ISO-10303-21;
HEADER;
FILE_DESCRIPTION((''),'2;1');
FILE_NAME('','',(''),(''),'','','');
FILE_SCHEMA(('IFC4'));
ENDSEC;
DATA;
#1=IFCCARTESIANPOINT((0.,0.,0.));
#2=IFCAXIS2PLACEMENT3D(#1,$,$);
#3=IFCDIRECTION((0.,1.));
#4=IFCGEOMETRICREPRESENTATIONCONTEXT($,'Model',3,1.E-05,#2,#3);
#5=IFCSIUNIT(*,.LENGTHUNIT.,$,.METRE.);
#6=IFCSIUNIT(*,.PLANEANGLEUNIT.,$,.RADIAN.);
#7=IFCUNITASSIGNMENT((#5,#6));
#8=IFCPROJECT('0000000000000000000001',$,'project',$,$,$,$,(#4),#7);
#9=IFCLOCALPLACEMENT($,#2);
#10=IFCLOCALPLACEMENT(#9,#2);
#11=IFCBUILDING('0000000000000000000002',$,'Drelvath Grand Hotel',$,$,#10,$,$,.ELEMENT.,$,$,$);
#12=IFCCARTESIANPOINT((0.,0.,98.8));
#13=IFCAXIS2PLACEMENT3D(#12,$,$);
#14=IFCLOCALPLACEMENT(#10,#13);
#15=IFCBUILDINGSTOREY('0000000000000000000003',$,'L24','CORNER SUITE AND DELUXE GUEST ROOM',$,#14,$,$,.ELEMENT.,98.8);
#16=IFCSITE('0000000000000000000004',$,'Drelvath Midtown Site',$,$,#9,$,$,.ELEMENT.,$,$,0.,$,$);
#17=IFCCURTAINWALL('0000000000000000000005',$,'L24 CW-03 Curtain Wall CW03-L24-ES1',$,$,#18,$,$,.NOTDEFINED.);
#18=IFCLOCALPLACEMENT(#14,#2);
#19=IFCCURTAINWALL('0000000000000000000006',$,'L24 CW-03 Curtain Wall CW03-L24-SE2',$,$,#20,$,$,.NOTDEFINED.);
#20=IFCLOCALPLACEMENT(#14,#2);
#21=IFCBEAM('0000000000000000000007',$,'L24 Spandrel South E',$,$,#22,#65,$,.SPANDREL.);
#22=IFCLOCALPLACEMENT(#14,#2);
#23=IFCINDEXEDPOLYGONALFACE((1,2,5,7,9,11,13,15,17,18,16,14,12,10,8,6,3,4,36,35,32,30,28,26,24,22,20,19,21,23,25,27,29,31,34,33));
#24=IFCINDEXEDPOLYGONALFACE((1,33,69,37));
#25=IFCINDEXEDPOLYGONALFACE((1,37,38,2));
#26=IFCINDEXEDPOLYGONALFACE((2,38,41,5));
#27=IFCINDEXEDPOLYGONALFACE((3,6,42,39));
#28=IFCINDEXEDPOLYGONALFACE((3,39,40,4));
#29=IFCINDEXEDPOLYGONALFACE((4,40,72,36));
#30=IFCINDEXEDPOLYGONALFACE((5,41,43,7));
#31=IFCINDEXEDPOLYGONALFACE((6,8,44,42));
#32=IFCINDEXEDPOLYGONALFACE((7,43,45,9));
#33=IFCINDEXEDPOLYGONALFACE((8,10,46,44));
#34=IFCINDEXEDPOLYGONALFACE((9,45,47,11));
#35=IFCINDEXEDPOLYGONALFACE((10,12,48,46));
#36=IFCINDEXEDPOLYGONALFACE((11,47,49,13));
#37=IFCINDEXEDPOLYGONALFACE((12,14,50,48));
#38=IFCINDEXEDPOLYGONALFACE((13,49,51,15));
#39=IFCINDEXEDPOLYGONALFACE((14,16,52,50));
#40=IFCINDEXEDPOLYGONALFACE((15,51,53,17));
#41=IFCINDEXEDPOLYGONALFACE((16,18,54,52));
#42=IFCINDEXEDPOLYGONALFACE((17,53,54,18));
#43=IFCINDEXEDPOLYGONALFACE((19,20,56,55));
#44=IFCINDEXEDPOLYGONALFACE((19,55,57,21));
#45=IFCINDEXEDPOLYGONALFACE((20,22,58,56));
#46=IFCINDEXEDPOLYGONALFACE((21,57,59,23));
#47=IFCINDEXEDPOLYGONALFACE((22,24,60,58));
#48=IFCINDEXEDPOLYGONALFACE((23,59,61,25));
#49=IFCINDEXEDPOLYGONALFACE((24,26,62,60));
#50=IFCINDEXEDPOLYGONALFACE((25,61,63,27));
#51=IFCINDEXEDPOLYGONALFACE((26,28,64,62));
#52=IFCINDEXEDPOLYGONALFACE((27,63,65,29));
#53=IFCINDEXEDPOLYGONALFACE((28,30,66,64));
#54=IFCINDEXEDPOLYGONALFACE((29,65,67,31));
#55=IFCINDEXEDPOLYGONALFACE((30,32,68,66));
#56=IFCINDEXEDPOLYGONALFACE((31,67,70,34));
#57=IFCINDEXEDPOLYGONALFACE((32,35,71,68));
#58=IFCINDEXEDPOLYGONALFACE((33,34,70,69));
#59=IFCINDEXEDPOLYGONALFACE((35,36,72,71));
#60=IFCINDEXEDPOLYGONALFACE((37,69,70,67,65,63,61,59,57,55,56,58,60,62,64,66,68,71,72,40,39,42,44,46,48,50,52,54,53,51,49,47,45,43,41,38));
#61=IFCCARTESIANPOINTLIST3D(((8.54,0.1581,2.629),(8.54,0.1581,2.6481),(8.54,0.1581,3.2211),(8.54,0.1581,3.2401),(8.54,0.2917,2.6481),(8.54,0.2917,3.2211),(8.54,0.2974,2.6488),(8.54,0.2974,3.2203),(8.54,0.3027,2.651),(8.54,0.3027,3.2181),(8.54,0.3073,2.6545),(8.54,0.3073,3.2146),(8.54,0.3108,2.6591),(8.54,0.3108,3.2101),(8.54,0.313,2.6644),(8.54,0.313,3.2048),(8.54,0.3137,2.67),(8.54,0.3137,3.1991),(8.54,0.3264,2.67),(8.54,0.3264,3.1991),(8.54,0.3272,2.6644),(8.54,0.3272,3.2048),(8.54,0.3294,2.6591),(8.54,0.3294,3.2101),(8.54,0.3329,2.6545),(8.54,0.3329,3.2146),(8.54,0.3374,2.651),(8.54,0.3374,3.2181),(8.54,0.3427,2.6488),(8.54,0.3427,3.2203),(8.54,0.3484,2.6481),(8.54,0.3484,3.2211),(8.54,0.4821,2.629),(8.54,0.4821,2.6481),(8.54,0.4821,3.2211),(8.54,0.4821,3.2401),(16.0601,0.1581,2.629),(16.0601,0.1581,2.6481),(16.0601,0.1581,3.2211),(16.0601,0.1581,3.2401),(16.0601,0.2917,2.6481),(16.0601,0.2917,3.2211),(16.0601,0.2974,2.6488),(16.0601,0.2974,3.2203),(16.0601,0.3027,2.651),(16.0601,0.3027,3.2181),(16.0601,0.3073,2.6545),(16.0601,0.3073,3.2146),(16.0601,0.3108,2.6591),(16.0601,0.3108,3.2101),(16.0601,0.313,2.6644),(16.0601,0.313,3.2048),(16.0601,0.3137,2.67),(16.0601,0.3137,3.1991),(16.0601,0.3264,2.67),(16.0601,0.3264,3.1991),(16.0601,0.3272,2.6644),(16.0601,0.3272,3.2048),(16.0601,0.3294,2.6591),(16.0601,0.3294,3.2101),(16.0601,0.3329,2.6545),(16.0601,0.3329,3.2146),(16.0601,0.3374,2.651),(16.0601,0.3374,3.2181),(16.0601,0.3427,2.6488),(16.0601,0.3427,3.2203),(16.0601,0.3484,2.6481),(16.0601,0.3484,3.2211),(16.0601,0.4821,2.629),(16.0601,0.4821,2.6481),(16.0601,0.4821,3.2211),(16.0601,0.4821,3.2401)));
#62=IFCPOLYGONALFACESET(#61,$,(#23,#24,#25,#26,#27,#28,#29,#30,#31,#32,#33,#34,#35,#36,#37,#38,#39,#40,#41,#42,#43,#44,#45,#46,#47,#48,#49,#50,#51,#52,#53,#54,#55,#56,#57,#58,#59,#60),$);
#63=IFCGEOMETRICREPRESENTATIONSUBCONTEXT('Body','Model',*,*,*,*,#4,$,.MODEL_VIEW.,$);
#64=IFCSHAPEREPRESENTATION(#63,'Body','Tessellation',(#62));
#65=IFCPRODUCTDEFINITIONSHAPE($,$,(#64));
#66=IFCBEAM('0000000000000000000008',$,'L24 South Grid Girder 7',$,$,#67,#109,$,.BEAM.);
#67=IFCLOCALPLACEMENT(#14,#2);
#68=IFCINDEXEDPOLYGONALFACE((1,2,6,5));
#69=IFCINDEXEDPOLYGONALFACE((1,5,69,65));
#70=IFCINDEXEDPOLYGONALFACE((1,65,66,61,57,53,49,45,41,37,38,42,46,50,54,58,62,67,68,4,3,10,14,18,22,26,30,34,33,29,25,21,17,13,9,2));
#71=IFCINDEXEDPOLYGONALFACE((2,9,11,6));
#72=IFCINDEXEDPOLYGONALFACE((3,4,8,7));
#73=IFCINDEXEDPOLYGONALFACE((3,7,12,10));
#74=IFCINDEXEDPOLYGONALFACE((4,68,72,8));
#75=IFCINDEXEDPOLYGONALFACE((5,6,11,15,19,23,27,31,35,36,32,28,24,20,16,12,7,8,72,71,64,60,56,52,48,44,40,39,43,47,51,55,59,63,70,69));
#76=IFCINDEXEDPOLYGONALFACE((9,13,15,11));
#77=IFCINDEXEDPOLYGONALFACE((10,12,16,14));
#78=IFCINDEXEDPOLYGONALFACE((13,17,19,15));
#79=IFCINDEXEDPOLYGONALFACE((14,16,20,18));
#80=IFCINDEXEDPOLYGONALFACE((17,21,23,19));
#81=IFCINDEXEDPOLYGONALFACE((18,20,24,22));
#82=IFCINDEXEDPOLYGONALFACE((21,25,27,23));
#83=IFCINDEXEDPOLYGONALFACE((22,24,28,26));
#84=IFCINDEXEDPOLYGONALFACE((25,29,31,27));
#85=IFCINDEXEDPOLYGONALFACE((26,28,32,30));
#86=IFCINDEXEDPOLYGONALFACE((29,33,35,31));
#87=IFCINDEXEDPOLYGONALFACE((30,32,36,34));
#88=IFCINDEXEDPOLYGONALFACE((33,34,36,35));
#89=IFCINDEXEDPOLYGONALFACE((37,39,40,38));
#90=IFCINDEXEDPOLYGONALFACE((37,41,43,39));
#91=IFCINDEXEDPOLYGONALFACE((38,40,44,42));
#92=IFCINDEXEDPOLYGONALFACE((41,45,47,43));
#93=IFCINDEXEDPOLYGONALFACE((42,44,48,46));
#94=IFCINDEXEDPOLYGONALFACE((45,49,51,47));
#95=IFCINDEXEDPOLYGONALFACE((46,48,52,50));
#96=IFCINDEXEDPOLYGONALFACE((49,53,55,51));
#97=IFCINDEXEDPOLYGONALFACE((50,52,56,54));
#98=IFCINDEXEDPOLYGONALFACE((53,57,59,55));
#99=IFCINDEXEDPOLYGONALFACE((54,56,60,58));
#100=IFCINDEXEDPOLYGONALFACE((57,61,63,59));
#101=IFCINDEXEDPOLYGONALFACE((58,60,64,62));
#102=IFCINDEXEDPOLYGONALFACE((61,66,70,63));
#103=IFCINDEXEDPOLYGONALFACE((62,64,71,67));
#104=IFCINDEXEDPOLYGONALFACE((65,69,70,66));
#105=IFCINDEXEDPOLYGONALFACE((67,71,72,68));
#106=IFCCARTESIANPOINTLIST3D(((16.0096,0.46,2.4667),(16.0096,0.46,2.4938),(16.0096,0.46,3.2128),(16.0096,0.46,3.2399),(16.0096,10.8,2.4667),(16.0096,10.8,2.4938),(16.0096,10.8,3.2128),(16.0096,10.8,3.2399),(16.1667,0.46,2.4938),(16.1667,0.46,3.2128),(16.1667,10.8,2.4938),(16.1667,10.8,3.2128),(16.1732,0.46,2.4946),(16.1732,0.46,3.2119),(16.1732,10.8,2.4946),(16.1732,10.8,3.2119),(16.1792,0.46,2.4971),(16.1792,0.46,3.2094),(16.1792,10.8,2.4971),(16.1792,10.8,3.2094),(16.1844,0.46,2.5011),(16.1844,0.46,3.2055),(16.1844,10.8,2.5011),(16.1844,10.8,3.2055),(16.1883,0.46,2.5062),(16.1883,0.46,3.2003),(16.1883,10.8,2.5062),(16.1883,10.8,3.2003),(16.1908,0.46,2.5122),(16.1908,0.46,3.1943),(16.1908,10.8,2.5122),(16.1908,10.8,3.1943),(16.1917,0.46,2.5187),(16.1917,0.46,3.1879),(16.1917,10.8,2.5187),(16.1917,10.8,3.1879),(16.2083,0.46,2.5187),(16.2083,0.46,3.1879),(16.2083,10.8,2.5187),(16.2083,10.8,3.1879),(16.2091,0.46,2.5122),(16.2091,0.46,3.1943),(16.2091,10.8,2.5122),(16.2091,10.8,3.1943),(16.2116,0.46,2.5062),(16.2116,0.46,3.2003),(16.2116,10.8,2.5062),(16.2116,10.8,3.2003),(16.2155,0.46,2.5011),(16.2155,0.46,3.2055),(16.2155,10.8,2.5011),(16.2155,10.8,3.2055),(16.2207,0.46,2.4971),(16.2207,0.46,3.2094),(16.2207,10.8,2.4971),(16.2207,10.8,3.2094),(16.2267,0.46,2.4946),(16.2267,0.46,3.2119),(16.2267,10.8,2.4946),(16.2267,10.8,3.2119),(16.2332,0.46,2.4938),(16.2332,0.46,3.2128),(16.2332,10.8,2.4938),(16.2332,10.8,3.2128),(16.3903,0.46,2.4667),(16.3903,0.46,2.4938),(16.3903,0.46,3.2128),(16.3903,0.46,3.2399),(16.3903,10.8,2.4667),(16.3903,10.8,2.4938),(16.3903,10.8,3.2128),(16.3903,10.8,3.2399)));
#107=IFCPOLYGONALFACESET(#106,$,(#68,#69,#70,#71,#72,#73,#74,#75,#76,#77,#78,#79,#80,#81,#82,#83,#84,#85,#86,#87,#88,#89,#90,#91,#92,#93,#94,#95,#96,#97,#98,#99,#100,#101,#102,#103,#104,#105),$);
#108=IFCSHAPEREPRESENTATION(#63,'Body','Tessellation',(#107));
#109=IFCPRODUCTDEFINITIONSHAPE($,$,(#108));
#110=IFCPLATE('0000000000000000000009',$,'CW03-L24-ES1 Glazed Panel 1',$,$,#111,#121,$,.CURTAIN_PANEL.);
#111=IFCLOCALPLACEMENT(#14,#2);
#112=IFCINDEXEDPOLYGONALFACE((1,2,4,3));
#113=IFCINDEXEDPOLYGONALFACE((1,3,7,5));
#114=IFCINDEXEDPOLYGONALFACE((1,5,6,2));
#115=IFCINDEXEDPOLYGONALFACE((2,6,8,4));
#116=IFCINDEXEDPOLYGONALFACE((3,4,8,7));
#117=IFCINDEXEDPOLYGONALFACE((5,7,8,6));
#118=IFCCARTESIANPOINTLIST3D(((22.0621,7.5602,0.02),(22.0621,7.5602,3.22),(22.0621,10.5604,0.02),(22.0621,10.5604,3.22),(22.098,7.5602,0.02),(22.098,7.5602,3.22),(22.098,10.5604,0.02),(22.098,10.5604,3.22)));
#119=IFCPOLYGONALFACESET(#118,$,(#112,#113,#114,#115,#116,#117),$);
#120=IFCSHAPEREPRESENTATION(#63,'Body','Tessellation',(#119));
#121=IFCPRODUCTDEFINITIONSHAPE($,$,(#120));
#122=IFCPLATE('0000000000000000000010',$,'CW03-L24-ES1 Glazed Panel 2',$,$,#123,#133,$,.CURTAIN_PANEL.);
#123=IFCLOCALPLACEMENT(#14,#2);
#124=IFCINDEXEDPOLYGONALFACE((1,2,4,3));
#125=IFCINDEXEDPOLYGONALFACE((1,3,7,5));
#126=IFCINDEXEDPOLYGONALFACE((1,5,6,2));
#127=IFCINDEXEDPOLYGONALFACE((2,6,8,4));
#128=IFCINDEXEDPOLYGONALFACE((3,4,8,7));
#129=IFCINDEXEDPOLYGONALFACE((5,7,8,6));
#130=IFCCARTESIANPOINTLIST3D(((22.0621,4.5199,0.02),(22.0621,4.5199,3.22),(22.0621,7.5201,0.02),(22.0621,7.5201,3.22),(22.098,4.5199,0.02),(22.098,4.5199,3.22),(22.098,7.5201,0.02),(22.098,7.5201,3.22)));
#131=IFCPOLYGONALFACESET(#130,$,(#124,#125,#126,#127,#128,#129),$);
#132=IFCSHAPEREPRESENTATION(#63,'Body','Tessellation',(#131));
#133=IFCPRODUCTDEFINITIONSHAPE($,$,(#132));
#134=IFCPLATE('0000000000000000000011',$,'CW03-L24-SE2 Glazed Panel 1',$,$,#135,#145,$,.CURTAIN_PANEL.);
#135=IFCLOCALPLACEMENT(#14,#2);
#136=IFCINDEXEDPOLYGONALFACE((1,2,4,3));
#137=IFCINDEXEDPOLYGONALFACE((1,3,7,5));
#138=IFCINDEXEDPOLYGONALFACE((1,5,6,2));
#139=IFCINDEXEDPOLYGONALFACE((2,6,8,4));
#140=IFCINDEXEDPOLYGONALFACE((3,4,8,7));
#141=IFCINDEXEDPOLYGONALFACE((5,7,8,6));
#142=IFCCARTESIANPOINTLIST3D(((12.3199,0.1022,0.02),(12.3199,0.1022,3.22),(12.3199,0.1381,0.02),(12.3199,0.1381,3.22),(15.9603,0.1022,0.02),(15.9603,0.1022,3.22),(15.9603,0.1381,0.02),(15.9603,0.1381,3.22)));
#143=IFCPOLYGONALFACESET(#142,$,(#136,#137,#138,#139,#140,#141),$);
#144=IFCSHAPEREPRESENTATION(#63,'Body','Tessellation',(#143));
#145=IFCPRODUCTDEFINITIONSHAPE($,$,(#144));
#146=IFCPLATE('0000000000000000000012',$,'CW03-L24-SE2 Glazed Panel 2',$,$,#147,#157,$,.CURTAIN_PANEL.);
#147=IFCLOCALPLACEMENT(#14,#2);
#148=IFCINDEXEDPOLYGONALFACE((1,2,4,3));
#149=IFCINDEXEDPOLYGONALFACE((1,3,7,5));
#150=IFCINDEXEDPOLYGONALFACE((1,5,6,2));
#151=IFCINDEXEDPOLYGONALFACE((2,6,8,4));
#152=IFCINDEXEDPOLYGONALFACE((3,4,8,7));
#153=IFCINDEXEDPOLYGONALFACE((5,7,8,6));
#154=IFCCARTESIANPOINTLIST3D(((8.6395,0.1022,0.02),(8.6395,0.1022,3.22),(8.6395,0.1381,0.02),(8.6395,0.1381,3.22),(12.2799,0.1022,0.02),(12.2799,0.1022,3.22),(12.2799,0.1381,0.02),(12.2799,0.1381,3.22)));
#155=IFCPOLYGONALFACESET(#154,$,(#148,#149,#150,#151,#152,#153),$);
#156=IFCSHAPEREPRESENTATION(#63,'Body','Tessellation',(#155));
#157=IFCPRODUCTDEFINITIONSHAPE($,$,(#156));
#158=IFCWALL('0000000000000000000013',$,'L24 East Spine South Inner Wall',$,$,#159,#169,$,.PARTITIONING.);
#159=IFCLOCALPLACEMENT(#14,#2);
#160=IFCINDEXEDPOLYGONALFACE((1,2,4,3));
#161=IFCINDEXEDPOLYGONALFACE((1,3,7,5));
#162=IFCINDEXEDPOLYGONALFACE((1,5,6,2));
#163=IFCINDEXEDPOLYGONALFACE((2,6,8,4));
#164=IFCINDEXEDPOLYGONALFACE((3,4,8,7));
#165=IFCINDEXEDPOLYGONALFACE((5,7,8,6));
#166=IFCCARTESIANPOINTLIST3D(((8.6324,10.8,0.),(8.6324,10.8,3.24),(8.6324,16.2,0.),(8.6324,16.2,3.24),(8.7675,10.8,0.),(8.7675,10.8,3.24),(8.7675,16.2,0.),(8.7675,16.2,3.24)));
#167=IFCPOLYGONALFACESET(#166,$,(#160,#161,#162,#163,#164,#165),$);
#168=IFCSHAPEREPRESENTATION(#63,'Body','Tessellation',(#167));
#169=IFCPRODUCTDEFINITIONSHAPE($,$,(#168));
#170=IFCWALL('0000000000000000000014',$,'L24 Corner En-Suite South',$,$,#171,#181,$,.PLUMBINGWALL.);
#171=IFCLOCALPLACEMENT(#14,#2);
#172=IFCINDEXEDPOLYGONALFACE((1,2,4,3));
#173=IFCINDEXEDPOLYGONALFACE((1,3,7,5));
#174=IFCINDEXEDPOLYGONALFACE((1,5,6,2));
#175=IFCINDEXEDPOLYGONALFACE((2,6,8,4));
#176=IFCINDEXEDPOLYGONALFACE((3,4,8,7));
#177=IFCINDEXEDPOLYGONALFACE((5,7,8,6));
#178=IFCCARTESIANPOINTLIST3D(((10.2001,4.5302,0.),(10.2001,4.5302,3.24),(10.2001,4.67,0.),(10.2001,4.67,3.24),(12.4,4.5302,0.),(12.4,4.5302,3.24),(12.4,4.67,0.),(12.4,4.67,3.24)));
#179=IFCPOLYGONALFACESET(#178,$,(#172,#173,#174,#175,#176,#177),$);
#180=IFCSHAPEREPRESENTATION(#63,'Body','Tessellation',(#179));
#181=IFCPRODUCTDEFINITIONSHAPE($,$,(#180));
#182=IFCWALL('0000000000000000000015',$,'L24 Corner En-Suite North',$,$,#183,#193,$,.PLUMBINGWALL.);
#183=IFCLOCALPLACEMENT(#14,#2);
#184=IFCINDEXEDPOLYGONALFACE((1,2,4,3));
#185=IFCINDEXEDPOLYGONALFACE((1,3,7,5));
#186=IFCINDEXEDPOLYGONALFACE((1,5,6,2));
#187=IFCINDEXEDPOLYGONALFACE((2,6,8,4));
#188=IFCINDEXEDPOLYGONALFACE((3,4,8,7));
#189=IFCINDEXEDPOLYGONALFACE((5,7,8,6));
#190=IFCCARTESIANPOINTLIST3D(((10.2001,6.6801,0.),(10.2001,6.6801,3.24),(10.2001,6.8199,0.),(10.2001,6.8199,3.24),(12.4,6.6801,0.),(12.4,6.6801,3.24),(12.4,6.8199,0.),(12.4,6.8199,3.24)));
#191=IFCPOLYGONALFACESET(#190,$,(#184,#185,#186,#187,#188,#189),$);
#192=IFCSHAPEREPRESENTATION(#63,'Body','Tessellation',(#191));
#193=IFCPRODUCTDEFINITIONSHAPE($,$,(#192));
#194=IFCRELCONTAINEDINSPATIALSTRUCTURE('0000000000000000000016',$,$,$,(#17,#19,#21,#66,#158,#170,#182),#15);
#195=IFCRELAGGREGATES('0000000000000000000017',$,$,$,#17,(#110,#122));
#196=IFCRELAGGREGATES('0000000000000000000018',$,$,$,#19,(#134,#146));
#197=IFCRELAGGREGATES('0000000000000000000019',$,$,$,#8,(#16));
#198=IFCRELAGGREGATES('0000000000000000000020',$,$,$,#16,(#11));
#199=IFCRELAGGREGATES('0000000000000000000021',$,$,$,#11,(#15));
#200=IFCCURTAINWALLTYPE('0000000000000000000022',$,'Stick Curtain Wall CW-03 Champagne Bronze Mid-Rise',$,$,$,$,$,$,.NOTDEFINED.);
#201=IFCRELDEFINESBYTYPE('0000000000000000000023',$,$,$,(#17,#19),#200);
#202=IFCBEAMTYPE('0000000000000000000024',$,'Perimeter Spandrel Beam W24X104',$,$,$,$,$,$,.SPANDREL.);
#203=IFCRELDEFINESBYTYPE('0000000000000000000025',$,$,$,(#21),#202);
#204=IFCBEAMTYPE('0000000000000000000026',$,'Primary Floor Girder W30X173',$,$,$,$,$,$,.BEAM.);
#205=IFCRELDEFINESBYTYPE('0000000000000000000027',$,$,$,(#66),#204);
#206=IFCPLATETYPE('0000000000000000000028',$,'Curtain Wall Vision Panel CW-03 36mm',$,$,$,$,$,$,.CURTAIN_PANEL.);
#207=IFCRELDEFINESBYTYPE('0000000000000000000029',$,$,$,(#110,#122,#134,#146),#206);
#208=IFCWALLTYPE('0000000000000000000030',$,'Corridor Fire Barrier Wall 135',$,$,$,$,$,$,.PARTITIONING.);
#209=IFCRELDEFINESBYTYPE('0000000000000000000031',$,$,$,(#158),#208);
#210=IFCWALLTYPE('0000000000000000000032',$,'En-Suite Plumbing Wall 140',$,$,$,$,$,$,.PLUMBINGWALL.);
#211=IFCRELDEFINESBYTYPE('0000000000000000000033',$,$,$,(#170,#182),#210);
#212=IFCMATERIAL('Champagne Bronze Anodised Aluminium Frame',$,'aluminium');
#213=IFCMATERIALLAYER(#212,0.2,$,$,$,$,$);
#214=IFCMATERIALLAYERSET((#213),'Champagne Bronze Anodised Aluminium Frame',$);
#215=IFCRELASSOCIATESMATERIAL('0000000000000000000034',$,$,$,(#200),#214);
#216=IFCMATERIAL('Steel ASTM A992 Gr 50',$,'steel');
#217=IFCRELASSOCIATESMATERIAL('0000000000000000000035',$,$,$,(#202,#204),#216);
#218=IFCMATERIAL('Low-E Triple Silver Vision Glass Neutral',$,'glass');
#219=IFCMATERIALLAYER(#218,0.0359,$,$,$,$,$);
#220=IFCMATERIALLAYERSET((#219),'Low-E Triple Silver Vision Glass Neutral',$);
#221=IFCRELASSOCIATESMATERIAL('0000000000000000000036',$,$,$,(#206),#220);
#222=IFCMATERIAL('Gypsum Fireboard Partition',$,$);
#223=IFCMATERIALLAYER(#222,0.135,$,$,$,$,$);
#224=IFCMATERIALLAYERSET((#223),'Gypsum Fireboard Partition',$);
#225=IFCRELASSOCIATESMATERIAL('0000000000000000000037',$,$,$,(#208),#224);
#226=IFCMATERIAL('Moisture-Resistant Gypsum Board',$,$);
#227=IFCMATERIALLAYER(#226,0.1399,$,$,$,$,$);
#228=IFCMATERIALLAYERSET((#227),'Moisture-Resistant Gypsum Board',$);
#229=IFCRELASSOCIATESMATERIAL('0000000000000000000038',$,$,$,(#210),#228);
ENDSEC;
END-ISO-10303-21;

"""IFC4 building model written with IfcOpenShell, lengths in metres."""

from ifc_helpers import new_model, si_unit, direction, frame, frame_2d, origin, origin_2d, place, context, subcontext, project, spatial, rectangle, i_section, extrude, material, layer, layer_set, material_profile, profile_set, type_object, element, aggregate, save


model = new_model("IFC4")

# Units and contexts
model_context = context("Model", 3, precision=1e-05, world=origin(), true_north=direction((0.0, 1.0)))
body_context = subcontext(model_context, "Body", "Model", "MODEL_VIEW")
ifc_project = project(units=[si_unit("LENGTHUNIT", "METRE"), si_unit("PLANEANGLEUNIT", "RADIAN")], contexts=[model_context])

# Site, building, storey
site_placement = place(None, origin())
site = spatial("IfcSite", under=ifc_project, at=site_placement, Name="Drelvath Midtown Site", CompositionType="ELEMENT", RefElevation=0.0)
building_placement = place(site_placement, origin())
building = spatial("IfcBuilding", under=site, at=building_placement, Name="Drelvath Grand Hotel", CompositionType="ELEMENT")
storey_placement = place(building_placement, frame((0.0, 0.0, 98.8)))
storey = spatial("IfcBuildingStorey", under=building, at=storey_placement, Name="L24", Description="CORNER SUITE AND DELUXE GUEST ROOM", CompositionType="ELEMENT", Elevation=98.8)

# Curtain walls
ifc_material_1 = material(Name="Champagne Bronze Anodised Aluminium Frame", Category="aluminium")
ifc_layer_1 = layer(ifc_material_1, 0.2)
ifc_layer_set_1 = layer_set([ifc_layer_1], Name="Champagne Bronze Anodised Aluminium Frame")
curtain_wall_type = type_object("IfcCurtainWallType", Name="Stick Curtain Wall CW-03 Champagne Bronze Mid-Rise", PredefinedType="NOTDEFINED", material=ifc_layer_set_1)
curtain_wall_1_placement = place(storey_placement, origin())
curtain_wall_1 = element("IfcCurtainWall", 1, at=curtain_wall_1_placement, inside=storey, type_object=curtain_wall_type, Name="L24 CW-03 Curtain Wall CW03-L24-ES1", PredefinedType="NOTDEFINED")
curtain_wall_2_placement = place(storey_placement, origin())
curtain_wall_2 = element("IfcCurtainWall", 2, at=curtain_wall_2_placement, inside=storey, type_object=curtain_wall_type, Name="L24 CW-03 Curtain Wall CW03-L24-SE2", PredefinedType="NOTDEFINED")

# Beams
ifc_material_2 = material(Name="Steel ASTM A992 Gr 50", Category="steel")
ifc_material_profile_1 = material_profile(ifc_material_2, i_section(OverallWidth=0.324, OverallDepth=0.6111, WebThickness=0.0127, FlangeThickness=0.019, FilletRadius=0.022, at=origin_2d()), Name="W24X104")
ifc_profile_set_1 = profile_set([ifc_material_profile_1], Name="Steel ASTM A992 Gr 50")
beam_type_1 = type_object("IfcBeamType", Name="Perimeter Spandrel Beam W24X104", PredefinedType="SPANDREL", material=ifc_profile_set_1)
beam_1_placement = place(storey_placement, frame((8.54, 0.3201, 2.9346), z_axis=(1.0, 0.0, 0.0), x_axis=(0.0, 1.0, 0.0)))
element("IfcBeam", 3, at=beam_1_placement, inside=storey, type_object=beam_type_1, Name="L24 Spandrel South E", PredefinedType="SPANDREL", context=body_context, shape_type="SweptSolid", body=[
    extrude(i_section(OverallWidth=0.324, OverallDepth=0.6111, WebThickness=0.0127, FlangeThickness=0.019, FilletRadius=0.022, at=origin_2d()), origin(), (0.0, 0.0, 1.0), 7.52),
])
ifc_material_profile_2 = material_profile(ifc_material_2, i_section(OverallWidth=0.3806, OverallDepth=0.7732, WebThickness=0.0166, FlangeThickness=0.0271, FilletRadius=0.0249, at=origin_2d()), Name="W30X173")
ifc_profile_set_2 = profile_set([ifc_material_profile_2], Name="Steel ASTM A992 Gr 50")
beam_type_2 = type_object("IfcBeamType", Name="Primary Floor Girder W30X173", PredefinedType="BEAM", material=ifc_profile_set_2)
beam_2_placement = place(storey_placement, frame((16.2, 0.46, 2.8533), z_axis=(0.0, 1.0, 0.0), x_axis=(-1.0, 0.0, 0.0)))
element("IfcBeam", 4, at=beam_2_placement, inside=storey, type_object=beam_type_2, Name="L24 South Grid Girder 7", PredefinedType="BEAM", context=body_context, shape_type="SweptSolid", body=[
    extrude(i_section(OverallWidth=0.3806, OverallDepth=0.7732, WebThickness=0.0166, FlangeThickness=0.0271, FilletRadius=0.0249, at=origin_2d()), origin(), (0.0, 0.0, 1.0), 10.3401),
])

# Plates
ifc_material_3 = material(Name="Low-E Triple Silver Vision Glass Neutral", Category="glass")
ifc_layer_2 = layer(ifc_material_3, 0.0359)
ifc_layer_set_2 = layer_set([ifc_layer_2], Name="Low-E Triple Silver Vision Glass Neutral")
plate_type = type_object("IfcPlateType", Name="Curtain Wall Vision Panel CW-03 36mm", PredefinedType="CURTAIN_PANEL", material=ifc_layer_set_2)
plate_1_placement = place(storey_placement, frame((22.0801, 9.0603, 0.02), z_axis=(0.0, 0.0, 1.0), x_axis=(0.0, -1.0, 0.0)))
plate_1 = element("IfcPlate", 5, at=plate_1_placement, type_object=plate_type, Name="CW03-L24-ES1 Glazed Panel 1", PredefinedType="CURTAIN_PANEL", context=body_context, shape_type="SweptSolid", body=[
    extrude(rectangle(XDim=3.0002, YDim=0.0359, at=origin_2d()), origin(), (0.0, 0.0, 1.0), 3.2),
])
plate_2_placement = place(storey_placement, frame((22.0801, 6.02, 0.02), z_axis=(0.0, 0.0, 1.0), x_axis=(0.0, -1.0, 0.0)))
plate_2 = element("IfcPlate", 6, at=plate_2_placement, type_object=plate_type, Name="CW03-L24-ES1 Glazed Panel 2", PredefinedType="CURTAIN_PANEL", context=body_context, shape_type="SweptSolid", body=[
    extrude(rectangle(XDim=3.0002, YDim=0.0359, at=origin_2d()), origin(), (0.0, 0.0, 1.0), 3.2),
])
aggregate(curtain_wall_1, [plate_1, plate_2])
plate_3_placement = place(storey_placement, frame((14.1401, 0.1201, 0.02), z_axis=(0.0, 0.0, 1.0), x_axis=(-1.0, 0.0, 0.0)))
plate_3 = element("IfcPlate", 7, at=plate_3_placement, type_object=plate_type, Name="CW03-L24-SE2 Glazed Panel 1", PredefinedType="CURTAIN_PANEL", context=body_context, shape_type="SweptSolid", body=[
    extrude(rectangle(XDim=3.6404, YDim=0.0359, at=origin_2d()), origin(), (0.0, 0.0, 1.0), 3.2),
])
plate_4_placement = place(storey_placement, frame((10.4597, 0.1201, 0.02), z_axis=(0.0, 0.0, 1.0), x_axis=(-1.0, 0.0, 0.0)))
plate_4 = element("IfcPlate", 8, at=plate_4_placement, type_object=plate_type, Name="CW03-L24-SE2 Glazed Panel 2", PredefinedType="CURTAIN_PANEL", context=body_context, shape_type="SweptSolid", body=[
    extrude(rectangle(XDim=3.6404, YDim=0.0359, at=origin_2d()), origin(), (0.0, 0.0, 1.0), 3.2),
])
aggregate(curtain_wall_2, [plate_3, plate_4])

# Wall
ifc_material_4 = material(Name="Gypsum Fireboard Partition")
ifc_layer_3 = layer(ifc_material_4, 0.135)
ifc_layer_set_3 = layer_set([ifc_layer_3], Name="Gypsum Fireboard Partition")
wall_type_1 = type_object("IfcWallType", Name="Corridor Fire Barrier Wall 135", PredefinedType="PARTITIONING", material=ifc_layer_set_3)
wall_1_placement = place(storey_placement, frame((8.7, 10.8, 0.0), z_axis=(0.0, 0.0, 1.0), x_axis=(0.0, 1.0, 0.0)))
element("IfcWall", 9, at=wall_1_placement, inside=storey, type_object=wall_type_1, Name="L24 East Spine South Inner Wall", PredefinedType="PARTITIONING", context=body_context, shape_type="SweptSolid", body=[
    extrude(rectangle(XDim=5.3999, YDim=0.135, at=frame_2d((2.7, 0.0))), origin(), (0.0, 0.0, 1.0), 3.24),
])

# Walls
ifc_material_5 = material(Name="Moisture-Resistant Gypsum Board")
ifc_layer_4 = layer(ifc_material_5, 0.1399)
ifc_layer_set_4 = layer_set([ifc_layer_4], Name="Moisture-Resistant Gypsum Board")
wall_type_2 = type_object("IfcWallType", Name="En-Suite Plumbing Wall 140", PredefinedType="PLUMBINGWALL", material=ifc_layer_set_4)
for number, where, z_axis, x_axis, name in (
    (10, (10.2, 4.6001, 0.0), (0.0, 0.0, 1.0), (1.0, 0.0, 0.0), "L24 Corner En-Suite South"),
    (11, (10.2, 6.75, 0.0), (0.0, 0.0, 1.0), (1.0, 0.0, 0.0), "L24 Corner En-Suite North"),
):
    element("IfcWall", number, at=place(storey_placement, frame(where, z_axis=z_axis, x_axis=x_axis)), inside=storey, type_object=wall_type_2, Name=name, PredefinedType="PLUMBINGWALL", context=body_context, shape_type="SweptSolid", body=[
        extrude(rectangle(XDim=2.2, YDim=0.1399, at=frame_2d((1.1001, 0.0))), origin(), (0.0, 0.0, 1.0), 3.24),
    ])

save(model, "model.ifc")
